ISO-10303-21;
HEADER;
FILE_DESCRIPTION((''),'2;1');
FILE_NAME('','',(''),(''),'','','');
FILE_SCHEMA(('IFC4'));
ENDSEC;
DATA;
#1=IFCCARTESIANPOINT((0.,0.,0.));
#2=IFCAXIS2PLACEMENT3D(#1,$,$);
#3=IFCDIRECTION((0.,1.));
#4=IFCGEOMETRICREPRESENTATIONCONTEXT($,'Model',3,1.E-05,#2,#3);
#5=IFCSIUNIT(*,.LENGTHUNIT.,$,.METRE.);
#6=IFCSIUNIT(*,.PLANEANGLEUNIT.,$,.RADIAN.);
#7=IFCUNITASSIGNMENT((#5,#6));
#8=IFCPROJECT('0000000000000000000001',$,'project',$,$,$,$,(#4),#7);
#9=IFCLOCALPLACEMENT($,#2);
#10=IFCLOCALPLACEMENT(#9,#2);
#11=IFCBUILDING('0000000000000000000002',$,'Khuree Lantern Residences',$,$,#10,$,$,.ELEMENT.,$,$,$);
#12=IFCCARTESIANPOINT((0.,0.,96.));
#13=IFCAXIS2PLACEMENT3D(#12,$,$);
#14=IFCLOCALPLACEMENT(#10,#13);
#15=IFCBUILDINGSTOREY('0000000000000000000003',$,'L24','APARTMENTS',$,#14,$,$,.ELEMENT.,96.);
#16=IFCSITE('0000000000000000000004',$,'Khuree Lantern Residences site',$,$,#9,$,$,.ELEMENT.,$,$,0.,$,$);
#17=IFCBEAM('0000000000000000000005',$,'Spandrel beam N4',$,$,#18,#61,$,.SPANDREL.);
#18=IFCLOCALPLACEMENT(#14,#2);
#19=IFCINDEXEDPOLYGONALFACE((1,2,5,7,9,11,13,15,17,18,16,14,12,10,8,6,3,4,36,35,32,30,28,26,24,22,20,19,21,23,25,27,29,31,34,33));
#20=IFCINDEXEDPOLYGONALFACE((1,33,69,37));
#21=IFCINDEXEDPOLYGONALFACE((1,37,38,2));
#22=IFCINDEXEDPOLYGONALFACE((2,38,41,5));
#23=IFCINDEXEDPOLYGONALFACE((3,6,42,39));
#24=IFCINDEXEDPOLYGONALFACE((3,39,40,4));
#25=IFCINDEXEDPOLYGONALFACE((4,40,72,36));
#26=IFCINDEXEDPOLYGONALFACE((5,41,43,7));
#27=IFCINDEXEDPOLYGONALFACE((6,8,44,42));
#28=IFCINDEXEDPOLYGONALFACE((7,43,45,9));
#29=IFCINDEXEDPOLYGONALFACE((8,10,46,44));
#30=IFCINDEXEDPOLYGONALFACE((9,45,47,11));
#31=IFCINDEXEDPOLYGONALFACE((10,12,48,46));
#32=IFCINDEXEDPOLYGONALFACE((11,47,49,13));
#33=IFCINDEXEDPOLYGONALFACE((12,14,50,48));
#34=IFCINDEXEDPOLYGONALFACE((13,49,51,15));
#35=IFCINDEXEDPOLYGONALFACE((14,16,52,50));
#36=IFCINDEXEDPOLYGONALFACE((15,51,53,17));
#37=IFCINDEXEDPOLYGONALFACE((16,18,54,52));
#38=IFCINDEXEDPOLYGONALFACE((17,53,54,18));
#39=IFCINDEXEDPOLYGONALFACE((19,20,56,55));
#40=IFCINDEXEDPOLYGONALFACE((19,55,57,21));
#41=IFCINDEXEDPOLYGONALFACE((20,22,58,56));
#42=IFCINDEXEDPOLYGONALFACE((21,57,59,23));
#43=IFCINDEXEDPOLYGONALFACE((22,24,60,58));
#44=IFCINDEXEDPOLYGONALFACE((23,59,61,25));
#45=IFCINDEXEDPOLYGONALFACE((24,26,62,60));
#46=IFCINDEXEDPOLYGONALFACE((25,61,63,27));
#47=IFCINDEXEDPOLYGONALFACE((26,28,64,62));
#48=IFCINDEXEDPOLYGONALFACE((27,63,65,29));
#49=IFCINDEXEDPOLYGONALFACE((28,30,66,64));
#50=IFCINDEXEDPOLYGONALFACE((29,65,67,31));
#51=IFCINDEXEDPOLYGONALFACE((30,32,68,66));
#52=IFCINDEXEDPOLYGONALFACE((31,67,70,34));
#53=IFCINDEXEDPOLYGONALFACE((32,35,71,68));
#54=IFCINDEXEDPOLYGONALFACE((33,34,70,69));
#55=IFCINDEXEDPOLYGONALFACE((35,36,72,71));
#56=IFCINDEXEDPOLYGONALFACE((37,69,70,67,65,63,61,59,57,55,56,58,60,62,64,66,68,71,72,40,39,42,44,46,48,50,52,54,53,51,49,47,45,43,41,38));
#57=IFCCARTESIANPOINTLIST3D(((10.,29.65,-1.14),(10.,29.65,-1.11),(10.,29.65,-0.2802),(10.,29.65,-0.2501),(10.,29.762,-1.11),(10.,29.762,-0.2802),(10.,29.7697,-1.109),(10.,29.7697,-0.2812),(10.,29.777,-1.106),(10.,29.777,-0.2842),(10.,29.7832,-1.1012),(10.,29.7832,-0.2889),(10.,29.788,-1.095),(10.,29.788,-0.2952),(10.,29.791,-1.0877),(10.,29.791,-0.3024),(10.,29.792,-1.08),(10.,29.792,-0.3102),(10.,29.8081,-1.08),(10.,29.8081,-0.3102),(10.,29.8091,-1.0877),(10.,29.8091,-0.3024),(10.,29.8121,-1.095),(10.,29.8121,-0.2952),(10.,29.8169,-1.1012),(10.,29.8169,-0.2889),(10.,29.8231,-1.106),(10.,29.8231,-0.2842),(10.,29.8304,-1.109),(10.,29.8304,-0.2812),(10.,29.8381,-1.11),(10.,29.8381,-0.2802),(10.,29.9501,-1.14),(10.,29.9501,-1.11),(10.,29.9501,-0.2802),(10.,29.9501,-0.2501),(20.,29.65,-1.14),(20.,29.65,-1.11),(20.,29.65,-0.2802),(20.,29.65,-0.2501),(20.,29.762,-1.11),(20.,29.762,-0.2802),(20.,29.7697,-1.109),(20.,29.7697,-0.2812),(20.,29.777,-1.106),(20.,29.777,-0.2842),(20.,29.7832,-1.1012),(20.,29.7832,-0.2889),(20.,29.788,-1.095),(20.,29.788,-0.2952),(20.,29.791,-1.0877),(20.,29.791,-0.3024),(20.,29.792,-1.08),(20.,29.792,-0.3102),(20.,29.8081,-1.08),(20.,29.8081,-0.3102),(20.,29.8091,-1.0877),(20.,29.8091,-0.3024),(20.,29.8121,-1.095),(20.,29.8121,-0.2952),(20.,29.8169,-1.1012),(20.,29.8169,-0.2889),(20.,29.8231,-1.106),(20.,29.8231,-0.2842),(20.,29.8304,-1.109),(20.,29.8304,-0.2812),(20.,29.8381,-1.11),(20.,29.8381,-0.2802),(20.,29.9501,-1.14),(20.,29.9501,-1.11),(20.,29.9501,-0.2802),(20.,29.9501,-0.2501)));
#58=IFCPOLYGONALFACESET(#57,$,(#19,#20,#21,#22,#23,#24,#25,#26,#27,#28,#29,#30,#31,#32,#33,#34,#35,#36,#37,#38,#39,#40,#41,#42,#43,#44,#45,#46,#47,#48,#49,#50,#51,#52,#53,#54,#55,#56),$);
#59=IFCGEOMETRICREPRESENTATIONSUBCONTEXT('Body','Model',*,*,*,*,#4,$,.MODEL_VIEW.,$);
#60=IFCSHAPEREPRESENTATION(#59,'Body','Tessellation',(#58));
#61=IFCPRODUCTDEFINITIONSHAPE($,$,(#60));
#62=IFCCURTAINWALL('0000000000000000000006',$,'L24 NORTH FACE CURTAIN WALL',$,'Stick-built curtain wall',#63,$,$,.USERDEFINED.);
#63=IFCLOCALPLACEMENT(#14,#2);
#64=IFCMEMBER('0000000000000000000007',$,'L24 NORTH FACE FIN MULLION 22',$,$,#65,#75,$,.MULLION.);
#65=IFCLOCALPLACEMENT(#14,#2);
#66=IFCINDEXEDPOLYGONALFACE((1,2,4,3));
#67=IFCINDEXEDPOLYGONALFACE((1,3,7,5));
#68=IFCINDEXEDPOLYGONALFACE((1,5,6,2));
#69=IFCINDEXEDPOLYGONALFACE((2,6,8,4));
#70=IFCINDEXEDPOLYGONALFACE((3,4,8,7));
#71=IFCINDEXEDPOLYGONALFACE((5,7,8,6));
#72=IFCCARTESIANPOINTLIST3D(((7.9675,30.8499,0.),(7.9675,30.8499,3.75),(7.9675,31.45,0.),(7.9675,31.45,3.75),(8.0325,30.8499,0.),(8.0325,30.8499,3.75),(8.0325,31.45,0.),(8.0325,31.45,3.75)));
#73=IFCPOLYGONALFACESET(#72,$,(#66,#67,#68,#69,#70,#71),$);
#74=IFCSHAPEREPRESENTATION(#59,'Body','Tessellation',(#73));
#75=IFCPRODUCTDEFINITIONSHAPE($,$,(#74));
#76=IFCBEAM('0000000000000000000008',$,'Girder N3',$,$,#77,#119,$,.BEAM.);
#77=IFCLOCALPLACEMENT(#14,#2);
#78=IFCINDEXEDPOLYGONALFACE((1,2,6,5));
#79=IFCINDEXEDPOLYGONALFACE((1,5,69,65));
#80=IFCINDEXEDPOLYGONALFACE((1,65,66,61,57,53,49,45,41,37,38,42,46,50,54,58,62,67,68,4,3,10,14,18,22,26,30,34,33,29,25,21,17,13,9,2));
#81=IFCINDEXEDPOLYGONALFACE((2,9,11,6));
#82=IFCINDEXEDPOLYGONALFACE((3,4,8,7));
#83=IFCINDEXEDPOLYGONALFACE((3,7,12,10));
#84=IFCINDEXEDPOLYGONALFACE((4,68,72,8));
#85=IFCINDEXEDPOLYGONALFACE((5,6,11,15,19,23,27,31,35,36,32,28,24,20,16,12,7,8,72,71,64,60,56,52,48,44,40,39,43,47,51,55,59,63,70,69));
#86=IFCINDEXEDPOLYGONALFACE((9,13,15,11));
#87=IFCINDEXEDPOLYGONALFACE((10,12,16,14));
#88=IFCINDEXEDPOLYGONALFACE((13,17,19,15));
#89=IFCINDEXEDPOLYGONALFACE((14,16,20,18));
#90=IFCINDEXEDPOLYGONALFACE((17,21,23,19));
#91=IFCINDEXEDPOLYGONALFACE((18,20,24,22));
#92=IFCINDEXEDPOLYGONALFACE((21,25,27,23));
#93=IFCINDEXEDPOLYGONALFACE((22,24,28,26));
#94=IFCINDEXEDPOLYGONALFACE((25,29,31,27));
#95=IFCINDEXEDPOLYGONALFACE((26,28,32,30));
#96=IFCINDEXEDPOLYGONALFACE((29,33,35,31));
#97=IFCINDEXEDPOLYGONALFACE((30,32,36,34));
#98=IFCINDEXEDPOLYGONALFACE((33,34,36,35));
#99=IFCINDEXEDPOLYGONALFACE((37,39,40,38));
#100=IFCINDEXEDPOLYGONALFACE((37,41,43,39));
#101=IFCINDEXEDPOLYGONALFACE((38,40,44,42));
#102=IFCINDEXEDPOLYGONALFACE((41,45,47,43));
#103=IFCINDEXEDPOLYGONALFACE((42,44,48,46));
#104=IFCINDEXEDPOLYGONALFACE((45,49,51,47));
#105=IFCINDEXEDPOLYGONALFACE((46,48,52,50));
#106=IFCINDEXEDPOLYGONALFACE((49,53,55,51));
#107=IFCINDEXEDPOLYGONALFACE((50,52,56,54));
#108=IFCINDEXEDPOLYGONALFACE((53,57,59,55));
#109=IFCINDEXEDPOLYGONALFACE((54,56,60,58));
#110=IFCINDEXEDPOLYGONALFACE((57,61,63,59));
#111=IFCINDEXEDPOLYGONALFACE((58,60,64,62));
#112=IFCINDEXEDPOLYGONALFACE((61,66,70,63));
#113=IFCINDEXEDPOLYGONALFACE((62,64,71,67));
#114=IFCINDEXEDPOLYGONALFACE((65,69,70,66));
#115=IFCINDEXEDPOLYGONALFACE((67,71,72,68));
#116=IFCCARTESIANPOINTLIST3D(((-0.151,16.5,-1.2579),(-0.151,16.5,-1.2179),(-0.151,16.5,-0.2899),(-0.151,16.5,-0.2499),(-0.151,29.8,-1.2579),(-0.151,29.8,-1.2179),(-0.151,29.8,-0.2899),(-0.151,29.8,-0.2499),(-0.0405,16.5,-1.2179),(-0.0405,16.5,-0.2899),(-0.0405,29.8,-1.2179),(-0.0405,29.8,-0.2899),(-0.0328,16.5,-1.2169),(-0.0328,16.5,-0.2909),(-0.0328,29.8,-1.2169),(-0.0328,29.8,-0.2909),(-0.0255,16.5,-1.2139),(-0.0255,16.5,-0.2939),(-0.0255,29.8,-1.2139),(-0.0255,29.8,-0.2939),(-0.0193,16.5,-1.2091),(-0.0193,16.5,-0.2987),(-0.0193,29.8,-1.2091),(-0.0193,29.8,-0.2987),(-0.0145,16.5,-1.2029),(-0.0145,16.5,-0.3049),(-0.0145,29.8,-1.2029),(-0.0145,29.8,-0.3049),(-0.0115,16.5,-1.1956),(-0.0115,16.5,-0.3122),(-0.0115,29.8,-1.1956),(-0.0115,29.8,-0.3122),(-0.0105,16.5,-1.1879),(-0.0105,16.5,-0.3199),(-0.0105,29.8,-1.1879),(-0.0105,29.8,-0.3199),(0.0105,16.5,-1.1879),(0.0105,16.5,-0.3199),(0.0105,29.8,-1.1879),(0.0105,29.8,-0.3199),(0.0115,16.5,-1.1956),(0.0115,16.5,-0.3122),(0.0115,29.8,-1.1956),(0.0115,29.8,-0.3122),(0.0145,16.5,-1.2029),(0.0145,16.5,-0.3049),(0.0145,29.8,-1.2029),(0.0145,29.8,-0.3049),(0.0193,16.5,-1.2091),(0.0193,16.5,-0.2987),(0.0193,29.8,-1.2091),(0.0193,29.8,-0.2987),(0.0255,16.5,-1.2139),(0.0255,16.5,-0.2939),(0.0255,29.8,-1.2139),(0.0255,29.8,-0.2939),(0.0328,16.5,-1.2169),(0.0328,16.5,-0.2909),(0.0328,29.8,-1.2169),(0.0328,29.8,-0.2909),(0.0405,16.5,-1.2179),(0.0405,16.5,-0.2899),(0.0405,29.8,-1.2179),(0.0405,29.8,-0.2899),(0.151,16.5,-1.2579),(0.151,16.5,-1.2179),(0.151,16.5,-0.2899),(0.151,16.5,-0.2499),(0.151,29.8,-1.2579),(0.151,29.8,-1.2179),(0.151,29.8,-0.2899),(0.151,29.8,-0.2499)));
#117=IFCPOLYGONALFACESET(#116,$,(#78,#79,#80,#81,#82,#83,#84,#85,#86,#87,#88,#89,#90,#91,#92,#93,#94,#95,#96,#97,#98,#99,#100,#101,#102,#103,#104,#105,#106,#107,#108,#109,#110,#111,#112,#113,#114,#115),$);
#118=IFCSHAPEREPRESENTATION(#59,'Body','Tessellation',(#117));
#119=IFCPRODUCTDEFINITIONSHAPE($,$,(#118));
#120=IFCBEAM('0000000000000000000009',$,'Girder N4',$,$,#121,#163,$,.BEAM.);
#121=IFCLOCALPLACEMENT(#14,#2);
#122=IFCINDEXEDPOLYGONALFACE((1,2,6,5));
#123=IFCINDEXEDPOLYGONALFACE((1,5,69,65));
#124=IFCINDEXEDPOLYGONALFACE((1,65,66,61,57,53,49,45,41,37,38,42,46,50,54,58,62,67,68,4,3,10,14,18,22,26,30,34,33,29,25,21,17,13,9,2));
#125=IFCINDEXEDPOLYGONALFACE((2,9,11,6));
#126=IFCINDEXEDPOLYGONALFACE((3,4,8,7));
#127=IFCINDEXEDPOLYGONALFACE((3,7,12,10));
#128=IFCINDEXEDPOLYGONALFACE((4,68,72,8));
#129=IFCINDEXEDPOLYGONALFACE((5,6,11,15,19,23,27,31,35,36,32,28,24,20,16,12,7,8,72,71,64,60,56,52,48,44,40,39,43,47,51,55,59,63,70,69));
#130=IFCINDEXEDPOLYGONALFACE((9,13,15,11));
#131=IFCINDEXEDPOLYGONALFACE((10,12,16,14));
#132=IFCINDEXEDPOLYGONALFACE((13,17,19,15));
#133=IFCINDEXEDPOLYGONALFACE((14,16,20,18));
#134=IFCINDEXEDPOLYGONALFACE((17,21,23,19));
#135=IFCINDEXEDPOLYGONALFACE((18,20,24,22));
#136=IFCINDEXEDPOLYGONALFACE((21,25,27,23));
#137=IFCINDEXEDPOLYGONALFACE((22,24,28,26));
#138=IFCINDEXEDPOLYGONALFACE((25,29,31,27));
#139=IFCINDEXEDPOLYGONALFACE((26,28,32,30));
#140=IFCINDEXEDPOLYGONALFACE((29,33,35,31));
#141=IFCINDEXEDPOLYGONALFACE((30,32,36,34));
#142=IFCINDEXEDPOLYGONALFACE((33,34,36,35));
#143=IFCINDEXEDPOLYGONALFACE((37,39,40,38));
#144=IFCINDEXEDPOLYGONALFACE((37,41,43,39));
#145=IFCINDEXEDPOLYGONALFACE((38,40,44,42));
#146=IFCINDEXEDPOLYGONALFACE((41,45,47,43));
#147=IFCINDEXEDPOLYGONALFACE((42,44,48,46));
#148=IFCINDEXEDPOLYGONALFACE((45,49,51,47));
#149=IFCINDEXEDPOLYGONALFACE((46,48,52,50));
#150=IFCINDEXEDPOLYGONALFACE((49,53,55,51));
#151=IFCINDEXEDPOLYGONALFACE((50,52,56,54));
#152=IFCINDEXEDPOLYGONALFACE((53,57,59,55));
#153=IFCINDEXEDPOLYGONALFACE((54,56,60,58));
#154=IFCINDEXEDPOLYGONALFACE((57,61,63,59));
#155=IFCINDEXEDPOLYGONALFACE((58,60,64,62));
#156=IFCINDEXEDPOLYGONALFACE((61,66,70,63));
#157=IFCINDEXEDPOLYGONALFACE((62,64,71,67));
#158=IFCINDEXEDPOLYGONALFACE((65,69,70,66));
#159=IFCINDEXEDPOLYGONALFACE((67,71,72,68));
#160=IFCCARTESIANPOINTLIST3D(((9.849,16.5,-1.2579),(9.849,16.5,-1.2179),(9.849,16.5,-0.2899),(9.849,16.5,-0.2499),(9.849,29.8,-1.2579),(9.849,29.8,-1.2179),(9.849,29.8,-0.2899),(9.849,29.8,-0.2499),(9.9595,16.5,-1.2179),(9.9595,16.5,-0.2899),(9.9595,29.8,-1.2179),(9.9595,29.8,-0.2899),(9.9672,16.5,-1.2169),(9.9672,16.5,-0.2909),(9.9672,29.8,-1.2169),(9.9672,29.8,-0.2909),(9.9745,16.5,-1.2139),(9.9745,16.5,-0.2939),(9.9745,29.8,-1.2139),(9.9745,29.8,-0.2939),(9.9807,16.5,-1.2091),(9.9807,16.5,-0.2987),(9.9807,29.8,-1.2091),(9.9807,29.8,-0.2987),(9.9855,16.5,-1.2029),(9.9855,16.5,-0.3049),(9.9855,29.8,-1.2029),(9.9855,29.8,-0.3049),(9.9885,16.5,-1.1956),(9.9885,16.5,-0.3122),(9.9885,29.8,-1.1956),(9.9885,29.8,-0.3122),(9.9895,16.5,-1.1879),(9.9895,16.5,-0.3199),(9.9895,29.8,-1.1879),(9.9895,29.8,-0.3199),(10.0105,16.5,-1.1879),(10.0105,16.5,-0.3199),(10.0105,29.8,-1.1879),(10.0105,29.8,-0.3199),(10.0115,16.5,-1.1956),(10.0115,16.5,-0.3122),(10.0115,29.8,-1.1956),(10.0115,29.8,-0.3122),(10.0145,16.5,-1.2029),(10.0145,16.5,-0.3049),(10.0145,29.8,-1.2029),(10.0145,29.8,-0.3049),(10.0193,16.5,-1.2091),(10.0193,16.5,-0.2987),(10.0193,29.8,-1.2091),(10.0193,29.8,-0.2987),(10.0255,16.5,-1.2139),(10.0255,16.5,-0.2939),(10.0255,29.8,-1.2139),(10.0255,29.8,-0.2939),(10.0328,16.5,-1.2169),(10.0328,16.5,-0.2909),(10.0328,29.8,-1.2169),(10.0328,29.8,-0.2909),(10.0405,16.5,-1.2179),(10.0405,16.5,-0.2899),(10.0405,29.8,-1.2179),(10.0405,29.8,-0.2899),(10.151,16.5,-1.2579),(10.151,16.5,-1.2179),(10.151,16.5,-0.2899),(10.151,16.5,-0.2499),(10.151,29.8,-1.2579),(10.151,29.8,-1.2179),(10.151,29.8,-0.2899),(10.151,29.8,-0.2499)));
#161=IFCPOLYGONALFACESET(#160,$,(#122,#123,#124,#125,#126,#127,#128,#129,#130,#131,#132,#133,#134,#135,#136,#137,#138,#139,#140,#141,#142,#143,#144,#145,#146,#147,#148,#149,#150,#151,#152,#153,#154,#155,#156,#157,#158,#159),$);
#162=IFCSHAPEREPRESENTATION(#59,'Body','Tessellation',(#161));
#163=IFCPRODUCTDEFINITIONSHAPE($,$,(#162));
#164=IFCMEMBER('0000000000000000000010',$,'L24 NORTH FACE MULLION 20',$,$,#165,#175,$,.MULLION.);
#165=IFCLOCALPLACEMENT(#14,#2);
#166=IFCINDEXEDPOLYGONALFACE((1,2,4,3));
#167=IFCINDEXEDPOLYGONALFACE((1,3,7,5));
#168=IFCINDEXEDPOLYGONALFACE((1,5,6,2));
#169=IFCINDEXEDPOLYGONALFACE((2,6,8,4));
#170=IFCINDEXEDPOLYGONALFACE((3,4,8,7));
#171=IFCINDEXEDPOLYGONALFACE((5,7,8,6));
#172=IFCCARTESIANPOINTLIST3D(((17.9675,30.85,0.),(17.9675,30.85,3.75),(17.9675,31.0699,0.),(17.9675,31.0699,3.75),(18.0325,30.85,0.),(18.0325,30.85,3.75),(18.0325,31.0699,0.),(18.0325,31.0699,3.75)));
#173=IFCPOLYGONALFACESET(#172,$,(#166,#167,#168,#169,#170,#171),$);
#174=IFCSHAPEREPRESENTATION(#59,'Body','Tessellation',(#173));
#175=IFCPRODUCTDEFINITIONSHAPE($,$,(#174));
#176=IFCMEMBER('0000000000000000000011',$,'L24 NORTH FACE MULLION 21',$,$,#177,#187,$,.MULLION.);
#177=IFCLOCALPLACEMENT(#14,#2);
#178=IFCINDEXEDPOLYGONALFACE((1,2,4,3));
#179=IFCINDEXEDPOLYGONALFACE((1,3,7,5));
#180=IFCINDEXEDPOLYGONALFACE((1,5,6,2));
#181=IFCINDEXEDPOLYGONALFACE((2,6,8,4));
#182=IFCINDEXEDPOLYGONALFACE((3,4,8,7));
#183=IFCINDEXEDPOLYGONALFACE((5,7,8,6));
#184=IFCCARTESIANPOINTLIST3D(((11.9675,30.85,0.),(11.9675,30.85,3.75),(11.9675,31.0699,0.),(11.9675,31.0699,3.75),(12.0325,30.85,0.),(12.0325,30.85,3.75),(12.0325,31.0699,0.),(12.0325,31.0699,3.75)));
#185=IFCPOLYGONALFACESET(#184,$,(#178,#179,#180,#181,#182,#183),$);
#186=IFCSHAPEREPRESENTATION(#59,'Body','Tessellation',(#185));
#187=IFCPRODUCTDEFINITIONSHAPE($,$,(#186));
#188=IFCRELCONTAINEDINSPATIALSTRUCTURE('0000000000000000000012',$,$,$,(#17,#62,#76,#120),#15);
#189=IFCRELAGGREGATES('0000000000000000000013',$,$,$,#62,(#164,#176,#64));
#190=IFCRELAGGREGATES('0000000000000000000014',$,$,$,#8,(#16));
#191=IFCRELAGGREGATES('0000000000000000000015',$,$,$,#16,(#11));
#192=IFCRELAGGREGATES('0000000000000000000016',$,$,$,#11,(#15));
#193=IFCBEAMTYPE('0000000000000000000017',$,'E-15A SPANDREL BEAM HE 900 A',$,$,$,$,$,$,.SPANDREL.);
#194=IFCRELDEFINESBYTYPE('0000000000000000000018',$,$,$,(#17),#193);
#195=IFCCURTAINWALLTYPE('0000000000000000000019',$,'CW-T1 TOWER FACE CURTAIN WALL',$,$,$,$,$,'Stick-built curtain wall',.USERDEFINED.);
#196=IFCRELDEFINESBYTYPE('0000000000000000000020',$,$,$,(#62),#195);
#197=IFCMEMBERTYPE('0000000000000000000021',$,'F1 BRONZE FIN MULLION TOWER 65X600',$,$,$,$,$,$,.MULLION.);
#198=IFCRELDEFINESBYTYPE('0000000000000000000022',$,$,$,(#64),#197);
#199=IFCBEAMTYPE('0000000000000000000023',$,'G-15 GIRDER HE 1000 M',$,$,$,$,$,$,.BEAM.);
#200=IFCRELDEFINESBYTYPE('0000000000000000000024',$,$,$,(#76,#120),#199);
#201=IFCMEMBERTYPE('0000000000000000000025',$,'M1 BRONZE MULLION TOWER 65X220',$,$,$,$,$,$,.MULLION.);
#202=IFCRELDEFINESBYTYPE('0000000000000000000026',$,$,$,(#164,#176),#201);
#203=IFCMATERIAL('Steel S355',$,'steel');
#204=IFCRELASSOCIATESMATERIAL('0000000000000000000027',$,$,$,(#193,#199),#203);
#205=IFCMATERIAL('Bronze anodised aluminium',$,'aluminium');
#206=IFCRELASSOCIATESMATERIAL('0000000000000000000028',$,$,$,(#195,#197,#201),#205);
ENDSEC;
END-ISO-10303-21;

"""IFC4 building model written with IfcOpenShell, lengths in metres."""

from ifc_helpers import new_model, si_unit, direction, frame, origin, origin_2d, place, context, subcontext, project, spatial, rectangle, i_section, extrude, material, material_profile, profile_set, type_object, element, aggregate, save


model = new_model("IFC4")

# Units and contexts
model_context = context("Model", 3, precision=1e-05, world=origin(), true_north=direction((0.0, 1.0)))
body_context = subcontext(model_context, "Body", "Model", "MODEL_VIEW")
ifc_project = project(units=[si_unit("LENGTHUNIT", "METRE"), si_unit("PLANEANGLEUNIT", "RADIAN")], contexts=[model_context])

# Site, building, storey
site_placement = place(None, origin())
site = spatial("IfcSite", under=ifc_project, at=site_placement, Name="Khuree Lantern Residences site", CompositionType="ELEMENT", RefElevation=0.0)
building_placement = place(site_placement, origin())
building = spatial("IfcBuilding", under=site, at=building_placement, Name="Khuree Lantern Residences", CompositionType="ELEMENT")
storey_placement = place(building_placement, frame((0.0, 0.0, 96.0)))
storey = spatial("IfcBuildingStorey", under=building, at=storey_placement, Name="L24", Description="APARTMENTS", CompositionType="ELEMENT", Elevation=96.0)

# Beam
ifc_material_1 = material(Name="Steel S355", Category="steel")
ifc_material_profile_1 = material_profile(ifc_material_1, i_section(OverallWidth=0.3, OverallDepth=0.8899, WebThickness=0.0161, FlangeThickness=0.03, FilletRadius=0.03, at=origin_2d()), Name="HE 900 A")
ifc_profile_set_1 = profile_set([ifc_material_profile_1], Name="Steel S355")
beam_type_1 = type_object("IfcBeamType", Name="E-15A SPANDREL BEAM HE 900 A", PredefinedType="SPANDREL", material=ifc_profile_set_1)
for number, where, z_axis, x_axis, name in (
    (1, (10.0, 29.8, -0.6951), (1.0, 0.0, 0.0), (0.0, 1.0, 0.0), "Spandrel beam N4"),
):
    element("IfcBeam", number, at=place(storey_placement, frame(where, z_axis=z_axis, x_axis=x_axis)), inside=storey, type_object=beam_type_1, Name=name, PredefinedType="SPANDREL", context=body_context, shape_type="SweptSolid", body=[
        extrude(i_section(OverallWidth=0.3, OverallDepth=0.8899, WebThickness=0.0161, FlangeThickness=0.03, FilletRadius=0.03, at=origin_2d()), origin(), (0.0, 0.0, 1.0), 10.0),
    ])

# Curtain wall, member
ifc_material_2 = material(Name="Bronze anodised aluminium", Category="aluminium")
curtain_wall_type = type_object("IfcCurtainWallType", Name="CW-T1 TOWER FACE CURTAIN WALL", ElementType="Stick-built curtain wall", PredefinedType="USERDEFINED", material=ifc_material_2)
curtain_wall_placement = place(storey_placement, origin())
curtain_wall = element("IfcCurtainWall", 2, at=curtain_wall_placement, inside=storey, type_object=curtain_wall_type, Name="L24 NORTH FACE CURTAIN WALL", ObjectType="Stick-built curtain wall", PredefinedType="USERDEFINED")
ifc_material_profile_2 = material_profile(ifc_material_2, rectangle(XDim=0.0649, YDim=0.6001, at=origin_2d()), Name="F1 65X600")
ifc_profile_set_2 = profile_set([ifc_material_profile_2], Name="Bronze anodised aluminium")
member_type_1 = type_object("IfcMemberType", Name="F1 BRONZE FIN MULLION TOWER 65X600", PredefinedType="MULLION", material=ifc_profile_set_2)
member_1_placement = place(storey_placement, frame((8.0, 31.1499, 0.0), z_axis=(0.0, 0.0, 1.0), x_axis=(-1.0, 0.0, 0.0)))
member_1 = element("IfcMember", 3, at=member_1_placement, type_object=member_type_1, Name="L24 NORTH FACE FIN MULLION 22", PredefinedType="MULLION", context=body_context, shape_type="SweptSolid", body=[
    extrude(rectangle(XDim=0.0649, YDim=0.6001, at=origin_2d()), origin(), (0.0, 0.0, 1.0), 3.75),
])

# Beams
ifc_material_profile_3 = material_profile(ifc_material_1, i_section(OverallWidth=0.302, OverallDepth=1.0081, WebThickness=0.021, FlangeThickness=0.04, FilletRadius=0.03, at=origin_2d()), Name="HE 1000 M")
ifc_profile_set_3 = profile_set([ifc_material_profile_3], Name="Steel S355")
beam_type_2 = type_object("IfcBeamType", Name="G-15 GIRDER HE 1000 M", PredefinedType="BEAM", material=ifc_profile_set_3)
for number, where, z_axis, x_axis, name in (
    (4, (0.0, 29.8, -0.7539), (0.0, -1.0, 0.0), (1.0, 0.0, 0.0), "Girder N3"),
    (5, (10.0, 29.8, -0.7539), (0.0, -1.0, 0.0), (1.0, 0.0, 0.0), "Girder N4"),
):
    element("IfcBeam", number, at=place(storey_placement, frame(where, z_axis=z_axis, x_axis=x_axis)), inside=storey, type_object=beam_type_2, Name=name, PredefinedType="BEAM", context=body_context, shape_type="SweptSolid", body=[
        extrude(i_section(OverallWidth=0.302, OverallDepth=1.0081, WebThickness=0.021, FlangeThickness=0.04, FilletRadius=0.03, at=origin_2d()), origin(), (0.0, 0.0, 1.0), 13.3),
    ])

# Members
ifc_material_profile_4 = material_profile(ifc_material_2, rectangle(XDim=0.0649, YDim=0.22, at=origin_2d()), Name="M1 65X220")
ifc_profile_set_4 = profile_set([ifc_material_profile_4], Name="Bronze anodised aluminium")
member_type_2 = type_object("IfcMemberType", Name="M1 BRONZE MULLION TOWER 65X220", PredefinedType="MULLION", material=ifc_profile_set_4)
member_2_placement = place(storey_placement, frame((18.0, 30.96, 0.0), z_axis=(0.0, 0.0, 1.0), x_axis=(-1.0, 0.0, 0.0)))
member_2 = element("IfcMember", 6, at=member_2_placement, type_object=member_type_2, Name="L24 NORTH FACE MULLION 20", PredefinedType="MULLION", context=body_context, shape_type="SweptSolid", body=[
    extrude(rectangle(XDim=0.0649, YDim=0.22, at=origin_2d()), origin(), (0.0, 0.0, 1.0), 3.75),
])
member_3_placement = place(storey_placement, frame((12.0, 30.96, 0.0), z_axis=(0.0, 0.0, 1.0), x_axis=(-1.0, 0.0, 0.0)))
member_3 = element("IfcMember", 7, at=member_3_placement, type_object=member_type_2, Name="L24 NORTH FACE MULLION 21", PredefinedType="MULLION", context=body_context, shape_type="SweptSolid", body=[
    extrude(rectangle(XDim=0.0649, YDim=0.22, at=origin_2d()), origin(), (0.0, 0.0, 1.0), 3.75),
])

aggregate(curtain_wall, [member_2, member_3, member_1])

save(model, "model.ifc")
